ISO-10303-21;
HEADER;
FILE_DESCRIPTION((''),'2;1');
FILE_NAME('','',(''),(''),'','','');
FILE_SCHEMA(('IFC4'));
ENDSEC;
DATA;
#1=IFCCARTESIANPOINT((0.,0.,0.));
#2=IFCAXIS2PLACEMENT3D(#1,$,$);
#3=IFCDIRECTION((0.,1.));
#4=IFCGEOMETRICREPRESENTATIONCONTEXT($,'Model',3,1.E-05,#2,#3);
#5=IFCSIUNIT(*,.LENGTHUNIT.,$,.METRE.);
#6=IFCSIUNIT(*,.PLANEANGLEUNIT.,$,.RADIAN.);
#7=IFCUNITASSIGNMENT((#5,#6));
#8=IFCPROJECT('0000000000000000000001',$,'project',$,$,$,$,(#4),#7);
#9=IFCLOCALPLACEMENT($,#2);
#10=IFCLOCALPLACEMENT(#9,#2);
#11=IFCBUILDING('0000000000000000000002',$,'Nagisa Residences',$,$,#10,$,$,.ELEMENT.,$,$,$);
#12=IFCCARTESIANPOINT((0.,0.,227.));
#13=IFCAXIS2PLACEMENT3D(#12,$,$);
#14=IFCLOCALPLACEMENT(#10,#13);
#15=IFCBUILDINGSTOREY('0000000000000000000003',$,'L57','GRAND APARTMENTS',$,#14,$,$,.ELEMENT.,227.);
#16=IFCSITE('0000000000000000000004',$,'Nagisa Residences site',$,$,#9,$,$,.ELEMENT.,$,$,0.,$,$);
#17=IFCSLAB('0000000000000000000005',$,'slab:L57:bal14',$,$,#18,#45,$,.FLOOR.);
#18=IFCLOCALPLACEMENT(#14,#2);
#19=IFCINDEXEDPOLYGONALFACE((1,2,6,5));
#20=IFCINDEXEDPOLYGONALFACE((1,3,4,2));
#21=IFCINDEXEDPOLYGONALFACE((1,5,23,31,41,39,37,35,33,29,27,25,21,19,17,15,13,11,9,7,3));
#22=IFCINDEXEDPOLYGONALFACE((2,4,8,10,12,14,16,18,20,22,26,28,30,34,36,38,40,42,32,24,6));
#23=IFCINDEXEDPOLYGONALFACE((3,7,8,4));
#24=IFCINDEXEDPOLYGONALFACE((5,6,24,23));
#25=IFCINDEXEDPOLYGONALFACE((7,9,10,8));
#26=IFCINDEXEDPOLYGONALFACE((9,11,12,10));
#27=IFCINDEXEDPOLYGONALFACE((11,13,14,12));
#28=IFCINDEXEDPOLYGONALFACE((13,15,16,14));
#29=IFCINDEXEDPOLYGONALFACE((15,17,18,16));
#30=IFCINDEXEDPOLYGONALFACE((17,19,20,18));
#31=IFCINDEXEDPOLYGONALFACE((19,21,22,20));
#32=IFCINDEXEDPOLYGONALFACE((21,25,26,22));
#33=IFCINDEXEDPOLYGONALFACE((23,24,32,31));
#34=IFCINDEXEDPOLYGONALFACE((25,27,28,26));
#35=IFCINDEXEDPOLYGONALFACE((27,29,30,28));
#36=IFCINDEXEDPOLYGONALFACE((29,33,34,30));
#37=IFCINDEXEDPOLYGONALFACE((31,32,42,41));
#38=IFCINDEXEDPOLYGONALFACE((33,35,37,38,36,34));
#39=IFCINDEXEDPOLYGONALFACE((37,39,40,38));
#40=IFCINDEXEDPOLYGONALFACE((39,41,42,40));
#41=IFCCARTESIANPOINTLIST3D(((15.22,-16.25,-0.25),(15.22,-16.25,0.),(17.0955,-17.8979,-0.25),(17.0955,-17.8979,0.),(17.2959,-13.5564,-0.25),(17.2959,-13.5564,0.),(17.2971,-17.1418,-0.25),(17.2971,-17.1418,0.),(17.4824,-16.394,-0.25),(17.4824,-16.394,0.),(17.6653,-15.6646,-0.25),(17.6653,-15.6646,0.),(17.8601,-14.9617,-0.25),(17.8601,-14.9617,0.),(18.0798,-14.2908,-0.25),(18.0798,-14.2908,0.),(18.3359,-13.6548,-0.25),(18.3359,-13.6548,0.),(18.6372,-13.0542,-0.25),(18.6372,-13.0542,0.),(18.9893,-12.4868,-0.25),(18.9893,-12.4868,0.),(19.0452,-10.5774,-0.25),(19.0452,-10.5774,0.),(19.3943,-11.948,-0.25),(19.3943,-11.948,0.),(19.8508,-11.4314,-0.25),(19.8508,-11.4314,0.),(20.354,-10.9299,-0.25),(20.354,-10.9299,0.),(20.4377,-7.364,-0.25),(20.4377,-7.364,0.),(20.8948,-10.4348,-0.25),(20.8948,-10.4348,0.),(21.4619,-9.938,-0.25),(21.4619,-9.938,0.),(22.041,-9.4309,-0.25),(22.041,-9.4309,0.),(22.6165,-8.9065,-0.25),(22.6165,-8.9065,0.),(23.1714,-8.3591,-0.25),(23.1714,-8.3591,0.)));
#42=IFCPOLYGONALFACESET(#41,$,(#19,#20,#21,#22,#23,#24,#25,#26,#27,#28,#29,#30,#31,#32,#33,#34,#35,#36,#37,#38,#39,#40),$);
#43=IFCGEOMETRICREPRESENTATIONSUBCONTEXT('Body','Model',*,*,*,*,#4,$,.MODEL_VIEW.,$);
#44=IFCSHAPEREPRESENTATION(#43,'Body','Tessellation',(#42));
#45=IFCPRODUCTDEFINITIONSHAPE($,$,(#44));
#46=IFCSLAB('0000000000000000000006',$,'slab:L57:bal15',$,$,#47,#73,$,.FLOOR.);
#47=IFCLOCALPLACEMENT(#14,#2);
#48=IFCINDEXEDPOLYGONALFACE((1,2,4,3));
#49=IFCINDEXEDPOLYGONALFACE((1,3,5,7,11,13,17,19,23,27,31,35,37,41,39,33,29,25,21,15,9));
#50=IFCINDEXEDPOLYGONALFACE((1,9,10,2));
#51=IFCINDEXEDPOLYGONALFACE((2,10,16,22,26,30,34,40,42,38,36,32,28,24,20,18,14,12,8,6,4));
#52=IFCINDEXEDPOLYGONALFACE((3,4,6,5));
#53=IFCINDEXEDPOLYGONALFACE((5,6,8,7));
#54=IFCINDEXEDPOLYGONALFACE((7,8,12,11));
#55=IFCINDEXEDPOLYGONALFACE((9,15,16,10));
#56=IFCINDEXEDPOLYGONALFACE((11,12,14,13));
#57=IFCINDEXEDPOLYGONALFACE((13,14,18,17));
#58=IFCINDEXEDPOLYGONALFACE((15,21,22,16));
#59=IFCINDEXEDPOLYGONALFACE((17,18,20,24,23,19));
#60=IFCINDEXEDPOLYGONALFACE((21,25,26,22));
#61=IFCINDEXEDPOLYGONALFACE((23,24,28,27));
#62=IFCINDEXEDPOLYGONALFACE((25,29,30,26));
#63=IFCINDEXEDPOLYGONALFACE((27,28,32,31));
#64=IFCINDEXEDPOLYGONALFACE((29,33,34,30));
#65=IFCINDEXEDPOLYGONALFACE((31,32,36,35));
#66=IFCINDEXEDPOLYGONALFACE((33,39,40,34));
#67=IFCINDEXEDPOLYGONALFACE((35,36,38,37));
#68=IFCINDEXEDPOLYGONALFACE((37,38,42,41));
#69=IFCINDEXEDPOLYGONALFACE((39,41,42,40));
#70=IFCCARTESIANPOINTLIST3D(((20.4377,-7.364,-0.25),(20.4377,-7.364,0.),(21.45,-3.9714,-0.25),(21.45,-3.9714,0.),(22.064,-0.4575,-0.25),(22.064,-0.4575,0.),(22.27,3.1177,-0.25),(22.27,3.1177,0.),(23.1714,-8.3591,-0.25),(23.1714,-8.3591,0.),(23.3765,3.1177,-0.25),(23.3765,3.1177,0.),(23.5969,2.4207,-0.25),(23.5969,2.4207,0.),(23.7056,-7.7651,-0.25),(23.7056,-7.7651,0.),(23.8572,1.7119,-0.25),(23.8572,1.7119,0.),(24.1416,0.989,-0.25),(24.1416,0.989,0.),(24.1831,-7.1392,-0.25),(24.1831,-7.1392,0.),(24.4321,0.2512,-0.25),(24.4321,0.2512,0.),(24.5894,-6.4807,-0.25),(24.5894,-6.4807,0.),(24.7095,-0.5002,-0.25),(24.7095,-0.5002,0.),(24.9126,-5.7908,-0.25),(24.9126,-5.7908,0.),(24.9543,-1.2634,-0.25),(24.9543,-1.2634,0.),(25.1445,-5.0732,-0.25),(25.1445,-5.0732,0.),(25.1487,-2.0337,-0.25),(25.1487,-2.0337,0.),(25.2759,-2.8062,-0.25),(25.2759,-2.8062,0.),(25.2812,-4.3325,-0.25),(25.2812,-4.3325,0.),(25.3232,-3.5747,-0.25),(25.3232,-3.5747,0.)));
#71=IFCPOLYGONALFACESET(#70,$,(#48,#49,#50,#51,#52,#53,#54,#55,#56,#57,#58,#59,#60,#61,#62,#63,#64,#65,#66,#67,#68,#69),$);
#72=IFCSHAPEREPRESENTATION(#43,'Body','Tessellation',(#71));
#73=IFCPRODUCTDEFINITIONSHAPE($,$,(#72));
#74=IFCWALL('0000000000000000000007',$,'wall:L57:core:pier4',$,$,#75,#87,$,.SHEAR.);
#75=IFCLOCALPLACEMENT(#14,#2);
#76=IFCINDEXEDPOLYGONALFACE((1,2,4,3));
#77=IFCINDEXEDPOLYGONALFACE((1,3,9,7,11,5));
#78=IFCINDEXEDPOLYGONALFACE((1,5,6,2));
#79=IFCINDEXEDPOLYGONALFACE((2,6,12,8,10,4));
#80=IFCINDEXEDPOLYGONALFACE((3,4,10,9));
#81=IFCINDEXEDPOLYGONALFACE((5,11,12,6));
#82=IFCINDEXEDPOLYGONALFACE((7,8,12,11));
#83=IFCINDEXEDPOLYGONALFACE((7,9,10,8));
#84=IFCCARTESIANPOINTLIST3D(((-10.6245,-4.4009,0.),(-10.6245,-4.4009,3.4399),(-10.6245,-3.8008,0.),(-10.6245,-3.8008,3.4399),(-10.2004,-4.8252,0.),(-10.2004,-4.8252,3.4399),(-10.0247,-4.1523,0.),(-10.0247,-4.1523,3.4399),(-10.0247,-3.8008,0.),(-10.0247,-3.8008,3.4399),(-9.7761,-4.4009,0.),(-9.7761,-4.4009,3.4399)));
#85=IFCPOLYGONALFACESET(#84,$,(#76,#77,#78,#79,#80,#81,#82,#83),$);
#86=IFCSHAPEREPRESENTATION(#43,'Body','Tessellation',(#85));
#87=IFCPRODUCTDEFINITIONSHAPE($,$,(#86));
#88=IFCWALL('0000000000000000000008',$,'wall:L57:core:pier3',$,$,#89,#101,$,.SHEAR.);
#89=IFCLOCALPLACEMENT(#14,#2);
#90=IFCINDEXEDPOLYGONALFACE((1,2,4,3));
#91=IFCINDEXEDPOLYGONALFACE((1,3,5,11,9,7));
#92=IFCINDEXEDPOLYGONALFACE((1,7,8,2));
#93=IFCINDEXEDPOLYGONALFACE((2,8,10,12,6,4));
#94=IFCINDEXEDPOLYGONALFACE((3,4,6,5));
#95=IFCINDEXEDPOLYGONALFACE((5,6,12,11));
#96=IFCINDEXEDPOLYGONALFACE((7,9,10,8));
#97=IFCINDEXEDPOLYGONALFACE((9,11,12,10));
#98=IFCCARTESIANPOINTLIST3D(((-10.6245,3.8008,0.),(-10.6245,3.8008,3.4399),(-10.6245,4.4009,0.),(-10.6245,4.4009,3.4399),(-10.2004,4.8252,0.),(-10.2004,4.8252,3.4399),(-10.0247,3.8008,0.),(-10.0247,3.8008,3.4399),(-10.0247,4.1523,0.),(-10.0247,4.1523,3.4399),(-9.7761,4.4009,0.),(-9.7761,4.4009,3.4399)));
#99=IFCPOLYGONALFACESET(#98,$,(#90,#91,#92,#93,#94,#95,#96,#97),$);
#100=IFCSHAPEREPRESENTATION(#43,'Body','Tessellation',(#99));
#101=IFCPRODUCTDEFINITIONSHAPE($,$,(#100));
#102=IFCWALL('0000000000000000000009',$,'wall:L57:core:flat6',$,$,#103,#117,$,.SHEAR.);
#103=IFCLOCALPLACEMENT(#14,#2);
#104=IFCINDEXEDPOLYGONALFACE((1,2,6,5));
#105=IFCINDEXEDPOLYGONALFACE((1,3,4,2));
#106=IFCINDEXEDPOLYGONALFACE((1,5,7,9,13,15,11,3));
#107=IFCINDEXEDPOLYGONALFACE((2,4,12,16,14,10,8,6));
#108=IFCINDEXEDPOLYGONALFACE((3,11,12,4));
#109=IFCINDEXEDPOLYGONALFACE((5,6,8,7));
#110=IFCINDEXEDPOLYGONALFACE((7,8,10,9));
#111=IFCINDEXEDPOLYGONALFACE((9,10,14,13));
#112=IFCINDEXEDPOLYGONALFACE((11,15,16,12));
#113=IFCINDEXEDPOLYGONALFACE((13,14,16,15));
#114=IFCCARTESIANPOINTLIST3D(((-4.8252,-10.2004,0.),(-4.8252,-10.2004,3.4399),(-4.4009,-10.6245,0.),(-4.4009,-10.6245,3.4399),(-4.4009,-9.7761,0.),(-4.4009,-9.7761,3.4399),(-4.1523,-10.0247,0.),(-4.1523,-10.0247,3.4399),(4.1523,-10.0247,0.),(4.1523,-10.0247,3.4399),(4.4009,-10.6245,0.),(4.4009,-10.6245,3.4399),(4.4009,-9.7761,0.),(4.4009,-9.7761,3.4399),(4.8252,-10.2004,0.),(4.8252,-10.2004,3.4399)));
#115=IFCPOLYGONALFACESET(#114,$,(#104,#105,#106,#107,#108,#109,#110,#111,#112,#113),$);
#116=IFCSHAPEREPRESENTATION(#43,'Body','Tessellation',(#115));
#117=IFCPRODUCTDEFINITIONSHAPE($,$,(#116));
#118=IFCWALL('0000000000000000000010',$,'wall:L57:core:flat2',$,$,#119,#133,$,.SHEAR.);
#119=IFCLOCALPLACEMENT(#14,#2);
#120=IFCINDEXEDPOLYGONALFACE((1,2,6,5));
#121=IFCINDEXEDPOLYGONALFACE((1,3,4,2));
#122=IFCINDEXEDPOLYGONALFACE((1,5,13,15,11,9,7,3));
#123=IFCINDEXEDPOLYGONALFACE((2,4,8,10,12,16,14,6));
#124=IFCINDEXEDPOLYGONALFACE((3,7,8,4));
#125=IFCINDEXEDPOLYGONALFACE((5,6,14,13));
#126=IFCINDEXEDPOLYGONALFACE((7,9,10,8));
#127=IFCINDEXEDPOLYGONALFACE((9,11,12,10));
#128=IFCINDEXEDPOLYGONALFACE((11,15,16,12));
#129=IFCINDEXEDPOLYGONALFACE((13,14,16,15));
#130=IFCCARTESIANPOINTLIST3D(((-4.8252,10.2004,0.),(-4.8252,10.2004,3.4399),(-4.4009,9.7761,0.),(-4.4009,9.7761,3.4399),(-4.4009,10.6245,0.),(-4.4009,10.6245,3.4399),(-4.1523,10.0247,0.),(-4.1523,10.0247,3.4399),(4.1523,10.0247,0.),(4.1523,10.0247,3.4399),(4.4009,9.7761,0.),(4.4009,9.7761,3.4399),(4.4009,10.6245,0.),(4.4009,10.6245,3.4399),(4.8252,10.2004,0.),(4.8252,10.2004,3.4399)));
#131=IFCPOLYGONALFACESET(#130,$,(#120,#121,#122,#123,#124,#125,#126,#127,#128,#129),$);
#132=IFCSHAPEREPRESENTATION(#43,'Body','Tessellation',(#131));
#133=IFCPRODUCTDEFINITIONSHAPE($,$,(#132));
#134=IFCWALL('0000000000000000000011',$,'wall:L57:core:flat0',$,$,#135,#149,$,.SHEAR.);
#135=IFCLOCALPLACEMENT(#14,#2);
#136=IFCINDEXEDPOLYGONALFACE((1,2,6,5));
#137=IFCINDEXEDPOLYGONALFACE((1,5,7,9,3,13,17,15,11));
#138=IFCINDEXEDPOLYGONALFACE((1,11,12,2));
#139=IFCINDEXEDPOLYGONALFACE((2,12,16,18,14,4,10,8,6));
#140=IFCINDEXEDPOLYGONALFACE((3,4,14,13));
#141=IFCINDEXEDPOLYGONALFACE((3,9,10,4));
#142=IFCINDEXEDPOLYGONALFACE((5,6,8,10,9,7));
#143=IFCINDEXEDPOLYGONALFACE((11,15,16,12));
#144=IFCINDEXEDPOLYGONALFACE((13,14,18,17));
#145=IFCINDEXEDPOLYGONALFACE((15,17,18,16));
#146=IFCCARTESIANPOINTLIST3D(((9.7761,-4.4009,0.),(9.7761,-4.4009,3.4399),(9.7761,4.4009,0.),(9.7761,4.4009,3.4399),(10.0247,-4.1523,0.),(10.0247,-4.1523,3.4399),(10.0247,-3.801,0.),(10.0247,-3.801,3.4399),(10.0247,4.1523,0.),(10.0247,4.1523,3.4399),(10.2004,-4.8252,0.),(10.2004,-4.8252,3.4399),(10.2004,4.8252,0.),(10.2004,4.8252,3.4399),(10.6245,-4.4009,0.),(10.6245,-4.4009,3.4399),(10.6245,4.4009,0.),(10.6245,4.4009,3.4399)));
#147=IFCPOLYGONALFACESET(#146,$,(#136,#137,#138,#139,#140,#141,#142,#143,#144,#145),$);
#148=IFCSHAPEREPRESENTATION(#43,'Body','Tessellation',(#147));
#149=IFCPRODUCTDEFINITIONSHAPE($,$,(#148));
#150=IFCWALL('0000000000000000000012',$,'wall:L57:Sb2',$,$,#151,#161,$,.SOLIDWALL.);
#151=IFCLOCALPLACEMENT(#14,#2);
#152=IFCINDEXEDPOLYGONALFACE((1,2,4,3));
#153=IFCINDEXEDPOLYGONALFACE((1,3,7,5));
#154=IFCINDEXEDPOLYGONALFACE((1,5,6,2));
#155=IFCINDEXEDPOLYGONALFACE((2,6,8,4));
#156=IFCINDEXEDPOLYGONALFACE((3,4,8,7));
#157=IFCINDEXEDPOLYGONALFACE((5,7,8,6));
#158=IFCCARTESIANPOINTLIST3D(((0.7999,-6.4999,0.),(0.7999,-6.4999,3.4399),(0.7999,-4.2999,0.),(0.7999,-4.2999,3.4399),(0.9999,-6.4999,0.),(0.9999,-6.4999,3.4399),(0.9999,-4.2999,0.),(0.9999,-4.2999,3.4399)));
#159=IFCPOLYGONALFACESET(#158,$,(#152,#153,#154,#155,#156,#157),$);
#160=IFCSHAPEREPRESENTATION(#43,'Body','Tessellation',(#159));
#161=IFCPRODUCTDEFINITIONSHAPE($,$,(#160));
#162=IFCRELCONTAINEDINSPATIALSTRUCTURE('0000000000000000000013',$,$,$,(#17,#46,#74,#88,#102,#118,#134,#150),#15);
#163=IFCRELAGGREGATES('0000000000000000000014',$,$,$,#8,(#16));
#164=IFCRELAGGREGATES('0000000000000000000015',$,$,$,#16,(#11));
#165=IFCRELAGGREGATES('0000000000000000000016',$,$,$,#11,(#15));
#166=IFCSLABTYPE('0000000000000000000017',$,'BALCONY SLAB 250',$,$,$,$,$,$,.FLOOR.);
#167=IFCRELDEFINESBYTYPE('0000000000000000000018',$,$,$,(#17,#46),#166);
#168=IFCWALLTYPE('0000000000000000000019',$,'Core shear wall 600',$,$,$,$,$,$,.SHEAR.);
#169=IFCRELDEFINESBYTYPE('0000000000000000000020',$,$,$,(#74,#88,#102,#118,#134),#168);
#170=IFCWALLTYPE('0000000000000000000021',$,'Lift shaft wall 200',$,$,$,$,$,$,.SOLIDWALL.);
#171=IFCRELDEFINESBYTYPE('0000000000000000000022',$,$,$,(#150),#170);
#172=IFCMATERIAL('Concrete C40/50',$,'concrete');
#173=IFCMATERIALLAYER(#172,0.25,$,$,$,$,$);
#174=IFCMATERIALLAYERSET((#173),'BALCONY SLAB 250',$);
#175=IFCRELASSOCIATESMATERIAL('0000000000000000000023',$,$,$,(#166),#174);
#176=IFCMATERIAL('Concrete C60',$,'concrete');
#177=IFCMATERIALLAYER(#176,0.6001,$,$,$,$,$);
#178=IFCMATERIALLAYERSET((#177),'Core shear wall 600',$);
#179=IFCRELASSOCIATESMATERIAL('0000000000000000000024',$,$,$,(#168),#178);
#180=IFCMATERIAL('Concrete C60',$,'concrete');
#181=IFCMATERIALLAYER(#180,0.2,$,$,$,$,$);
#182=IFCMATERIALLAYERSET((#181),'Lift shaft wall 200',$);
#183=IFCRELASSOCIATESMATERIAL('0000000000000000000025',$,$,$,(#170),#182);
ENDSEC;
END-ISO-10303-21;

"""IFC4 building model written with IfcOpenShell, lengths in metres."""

from ifc_helpers import new_model, si_unit, direction, frame, frame_2d, origin, place, context, subcontext, project, spatial, polyline, rectangle, outline, extrude, material, layer, layer_set, type_object, element, save


model = new_model("IFC4")

# Units and contexts
model_context = context("Model", 3, precision=1e-05, world=origin(), true_north=direction((0.0, 1.0)))
body_context = subcontext(model_context, "Body", "Model", "MODEL_VIEW")
ifc_project = project(units=[si_unit("LENGTHUNIT", "METRE"), si_unit("PLANEANGLEUNIT", "RADIAN")], contexts=[model_context])

# Site, building, storey
site_placement = place(None, origin())
site = spatial("IfcSite", under=ifc_project, at=site_placement, Name="Nagisa Residences site", CompositionType="ELEMENT", RefElevation=0.0)
building_placement = place(site_placement, origin())
building = spatial("IfcBuilding", under=site, at=building_placement, Name="Nagisa Residences", CompositionType="ELEMENT")
storey_placement = place(building_placement, frame((0.0, 0.0, 227.0)))
storey = spatial("IfcBuildingStorey", under=building, at=storey_placement, Name="L57", Description="GRAND APARTMENTS", CompositionType="ELEMENT", Elevation=227.0)

# Slabs
ifc_material_1 = material(Name="Concrete C40/50", Category="concrete")
ifc_layer_1 = layer(ifc_material_1, 0.25)
ifc_layer_set_1 = layer_set([ifc_layer_1], Name="BALCONY SLAB 250")
slab_type = type_object("IfcSlabType", Name="BALCONY SLAB 250", PredefinedType="FLOOR", material=ifc_layer_set_1)
slab_1_placement = place(storey_placement, frame((0.0, 0.0, -0.25)))
element("IfcSlab", 1, at=slab_1_placement, inside=storey, type_object=slab_type, Name="slab:L57:bal14", PredefinedType="FLOOR", context=body_context, shape_type="SweptSolid", body=[
    extrude(outline(polyline([(17.0955, -17.8979), (17.2971, -17.1418), (17.4824, -16.394), (17.6653, -15.6646), (17.8601, -14.9617), (18.0798, -14.2908), (18.3359, -13.6548), (18.6372, -13.0542), (18.9893, -12.4868), (19.3943, -11.948), (19.8508, -11.4314), (20.354, -10.9299), (20.8948, -10.4348), (21.4619, -9.938), (22.041, -9.4309), (22.6165, -8.9065), (23.1714, -8.3591), (20.4377, -7.364), (19.0452, -10.5774), (17.2959, -13.5564), (15.22, -16.25), (17.0955, -17.8979)])), origin(), (0.0, 0.0, 1.0), 0.25),
])
slab_2_placement = place(storey_placement, frame((0.0, 0.0, -0.25)))
element("IfcSlab", 2, at=slab_2_placement, inside=storey, type_object=slab_type, Name="slab:L57:bal15", PredefinedType="FLOOR", context=body_context, shape_type="SweptSolid", body=[
    extrude(outline(polyline([(23.1714, -8.3591), (23.7056, -7.7651), (24.1831, -7.1392), (24.5894, -6.4807), (24.9126, -5.7908), (25.1445, -5.0732), (25.2812, -4.3325), (25.3232, -3.5747), (25.2759, -2.8062), (25.1487, -2.0337), (24.9543, -1.2634), (24.7095, -0.5002), (24.4321, 0.2512), (24.1416, 0.989), (23.8572, 1.7119), (23.5969, 2.4207), (23.3765, 3.1177), (22.27, 3.1177), (22.064, -0.4575), (21.45, -3.9714), (20.4377, -7.364), (23.1714, -8.3591)])), origin(), (0.0, 0.0, 1.0), 0.25),
])

# Walls
ifc_material_2 = material(Name="Concrete C60", Category="concrete")
ifc_layer_2 = layer(ifc_material_2, 0.6001)
ifc_layer_set_2 = layer_set([ifc_layer_2], Name="Core shear wall 600")
wall_type_1 = type_object("IfcWallType", Name="Core shear wall 600", PredefinedType="SHEAR", material=ifc_layer_set_2)
wall_1_placement = place(storey_placement, origin())
element("IfcWall", 3, at=wall_1_placement, inside=storey, type_object=wall_type_1, Name="wall:L57:core:pier4", PredefinedType="SHEAR", context=body_context, shape_type="SweptSolid", body=[
    extrude(outline(polyline([(-10.6245, -3.8008), (-10.0247, -3.8008), (-10.0247, -4.1523), (-9.7761, -4.4009), (-10.2004, -4.8252), (-10.6245, -4.4009), (-10.6245, -3.8008)])), origin(), (0.0, 0.0, 1.0), 3.4399),
])
wall_2_placement = place(storey_placement, origin())
element("IfcWall", 4, at=wall_2_placement, inside=storey, type_object=wall_type_1, Name="wall:L57:core:pier3", PredefinedType="SHEAR", context=body_context, shape_type="SweptSolid", body=[
    extrude(outline(polyline([(-10.2004, 4.8252), (-9.7761, 4.4009), (-10.0247, 4.1523), (-10.0247, 3.8008), (-10.6245, 3.8008), (-10.6245, 4.4009), (-10.2004, 4.8252)])), origin(), (0.0, 0.0, 1.0), 3.4399),
])
wall_3_placement = place(storey_placement, origin())
element("IfcWall", 5, at=wall_3_placement, inside=storey, type_object=wall_type_1, Name="wall:L57:core:flat6", PredefinedType="SHEAR", context=body_context, shape_type="SweptSolid", body=[
    extrude(outline(polyline([(-4.1523, -10.0247), (4.1523, -10.0247), (4.4009, -9.7761), (4.8252, -10.2004), (4.4009, -10.6245), (-4.4009, -10.6245), (-4.8252, -10.2004), (-4.4009, -9.7761), (-4.1523, -10.0247)])), origin(), (0.0, 0.0, 1.0), 3.4399),
])
wall_4_placement = place(storey_placement, origin())
element("IfcWall", 6, at=wall_4_placement, inside=storey, type_object=wall_type_1, Name="wall:L57:core:flat2", PredefinedType="SHEAR", context=body_context, shape_type="SweptSolid", body=[
    extrude(outline(polyline([(-4.1523, 10.0247), (-4.4009, 9.7761), (-4.8252, 10.2004), (-4.4009, 10.6245), (4.4009, 10.6245), (4.8252, 10.2004), (4.4009, 9.7761), (4.1523, 10.0247), (-4.1523, 10.0247)])), origin(), (0.0, 0.0, 1.0), 3.4399),
])
wall_5_placement = place(storey_placement, origin())
element("IfcWall", 7, at=wall_5_placement, inside=storey, type_object=wall_type_1, Name="wall:L57:core:flat0", PredefinedType="SHEAR", context=body_context, shape_type="SweptSolid", body=[
    extrude(outline(polyline([(9.7761, -4.4009), (10.0247, -4.1523), (10.0247, -3.801), (10.0247, 4.1523), (9.7761, 4.4009), (10.2004, 4.8252), (10.6245, 4.4009), (10.6245, -4.4009), (10.2004, -4.8252), (9.7761, -4.4009)])), origin(), (0.0, 0.0, 1.0), 3.4399),
])
ifc_material_3 = material(Name="Concrete C60", Category="concrete")
ifc_layer_3 = layer(ifc_material_3, 0.2)
ifc_layer_set_3 = layer_set([ifc_layer_3], Name="Lift shaft wall 200")
wall_type_2 = type_object("IfcWallType", Name="Lift shaft wall 200", PredefinedType="SOLIDWALL", material=ifc_layer_set_3)
wall_6_placement = place(storey_placement, frame((0.8999, -6.5, 0.0), z_axis=(0.0, 0.0, 1.0), x_axis=(0.0, 1.0, 0.0)))
element("IfcWall", 8, at=wall_6_placement, inside=storey, type_object=wall_type_2, Name="wall:L57:Sb2", PredefinedType="SOLIDWALL", context=body_context, shape_type="SweptSolid", body=[
    extrude(rectangle(XDim=2.2, YDim=0.2, at=frame_2d((1.1001, 0.0))), origin(), (0.0, 0.0, 1.0), 3.4399),
])

save(model, "model.ifc")
